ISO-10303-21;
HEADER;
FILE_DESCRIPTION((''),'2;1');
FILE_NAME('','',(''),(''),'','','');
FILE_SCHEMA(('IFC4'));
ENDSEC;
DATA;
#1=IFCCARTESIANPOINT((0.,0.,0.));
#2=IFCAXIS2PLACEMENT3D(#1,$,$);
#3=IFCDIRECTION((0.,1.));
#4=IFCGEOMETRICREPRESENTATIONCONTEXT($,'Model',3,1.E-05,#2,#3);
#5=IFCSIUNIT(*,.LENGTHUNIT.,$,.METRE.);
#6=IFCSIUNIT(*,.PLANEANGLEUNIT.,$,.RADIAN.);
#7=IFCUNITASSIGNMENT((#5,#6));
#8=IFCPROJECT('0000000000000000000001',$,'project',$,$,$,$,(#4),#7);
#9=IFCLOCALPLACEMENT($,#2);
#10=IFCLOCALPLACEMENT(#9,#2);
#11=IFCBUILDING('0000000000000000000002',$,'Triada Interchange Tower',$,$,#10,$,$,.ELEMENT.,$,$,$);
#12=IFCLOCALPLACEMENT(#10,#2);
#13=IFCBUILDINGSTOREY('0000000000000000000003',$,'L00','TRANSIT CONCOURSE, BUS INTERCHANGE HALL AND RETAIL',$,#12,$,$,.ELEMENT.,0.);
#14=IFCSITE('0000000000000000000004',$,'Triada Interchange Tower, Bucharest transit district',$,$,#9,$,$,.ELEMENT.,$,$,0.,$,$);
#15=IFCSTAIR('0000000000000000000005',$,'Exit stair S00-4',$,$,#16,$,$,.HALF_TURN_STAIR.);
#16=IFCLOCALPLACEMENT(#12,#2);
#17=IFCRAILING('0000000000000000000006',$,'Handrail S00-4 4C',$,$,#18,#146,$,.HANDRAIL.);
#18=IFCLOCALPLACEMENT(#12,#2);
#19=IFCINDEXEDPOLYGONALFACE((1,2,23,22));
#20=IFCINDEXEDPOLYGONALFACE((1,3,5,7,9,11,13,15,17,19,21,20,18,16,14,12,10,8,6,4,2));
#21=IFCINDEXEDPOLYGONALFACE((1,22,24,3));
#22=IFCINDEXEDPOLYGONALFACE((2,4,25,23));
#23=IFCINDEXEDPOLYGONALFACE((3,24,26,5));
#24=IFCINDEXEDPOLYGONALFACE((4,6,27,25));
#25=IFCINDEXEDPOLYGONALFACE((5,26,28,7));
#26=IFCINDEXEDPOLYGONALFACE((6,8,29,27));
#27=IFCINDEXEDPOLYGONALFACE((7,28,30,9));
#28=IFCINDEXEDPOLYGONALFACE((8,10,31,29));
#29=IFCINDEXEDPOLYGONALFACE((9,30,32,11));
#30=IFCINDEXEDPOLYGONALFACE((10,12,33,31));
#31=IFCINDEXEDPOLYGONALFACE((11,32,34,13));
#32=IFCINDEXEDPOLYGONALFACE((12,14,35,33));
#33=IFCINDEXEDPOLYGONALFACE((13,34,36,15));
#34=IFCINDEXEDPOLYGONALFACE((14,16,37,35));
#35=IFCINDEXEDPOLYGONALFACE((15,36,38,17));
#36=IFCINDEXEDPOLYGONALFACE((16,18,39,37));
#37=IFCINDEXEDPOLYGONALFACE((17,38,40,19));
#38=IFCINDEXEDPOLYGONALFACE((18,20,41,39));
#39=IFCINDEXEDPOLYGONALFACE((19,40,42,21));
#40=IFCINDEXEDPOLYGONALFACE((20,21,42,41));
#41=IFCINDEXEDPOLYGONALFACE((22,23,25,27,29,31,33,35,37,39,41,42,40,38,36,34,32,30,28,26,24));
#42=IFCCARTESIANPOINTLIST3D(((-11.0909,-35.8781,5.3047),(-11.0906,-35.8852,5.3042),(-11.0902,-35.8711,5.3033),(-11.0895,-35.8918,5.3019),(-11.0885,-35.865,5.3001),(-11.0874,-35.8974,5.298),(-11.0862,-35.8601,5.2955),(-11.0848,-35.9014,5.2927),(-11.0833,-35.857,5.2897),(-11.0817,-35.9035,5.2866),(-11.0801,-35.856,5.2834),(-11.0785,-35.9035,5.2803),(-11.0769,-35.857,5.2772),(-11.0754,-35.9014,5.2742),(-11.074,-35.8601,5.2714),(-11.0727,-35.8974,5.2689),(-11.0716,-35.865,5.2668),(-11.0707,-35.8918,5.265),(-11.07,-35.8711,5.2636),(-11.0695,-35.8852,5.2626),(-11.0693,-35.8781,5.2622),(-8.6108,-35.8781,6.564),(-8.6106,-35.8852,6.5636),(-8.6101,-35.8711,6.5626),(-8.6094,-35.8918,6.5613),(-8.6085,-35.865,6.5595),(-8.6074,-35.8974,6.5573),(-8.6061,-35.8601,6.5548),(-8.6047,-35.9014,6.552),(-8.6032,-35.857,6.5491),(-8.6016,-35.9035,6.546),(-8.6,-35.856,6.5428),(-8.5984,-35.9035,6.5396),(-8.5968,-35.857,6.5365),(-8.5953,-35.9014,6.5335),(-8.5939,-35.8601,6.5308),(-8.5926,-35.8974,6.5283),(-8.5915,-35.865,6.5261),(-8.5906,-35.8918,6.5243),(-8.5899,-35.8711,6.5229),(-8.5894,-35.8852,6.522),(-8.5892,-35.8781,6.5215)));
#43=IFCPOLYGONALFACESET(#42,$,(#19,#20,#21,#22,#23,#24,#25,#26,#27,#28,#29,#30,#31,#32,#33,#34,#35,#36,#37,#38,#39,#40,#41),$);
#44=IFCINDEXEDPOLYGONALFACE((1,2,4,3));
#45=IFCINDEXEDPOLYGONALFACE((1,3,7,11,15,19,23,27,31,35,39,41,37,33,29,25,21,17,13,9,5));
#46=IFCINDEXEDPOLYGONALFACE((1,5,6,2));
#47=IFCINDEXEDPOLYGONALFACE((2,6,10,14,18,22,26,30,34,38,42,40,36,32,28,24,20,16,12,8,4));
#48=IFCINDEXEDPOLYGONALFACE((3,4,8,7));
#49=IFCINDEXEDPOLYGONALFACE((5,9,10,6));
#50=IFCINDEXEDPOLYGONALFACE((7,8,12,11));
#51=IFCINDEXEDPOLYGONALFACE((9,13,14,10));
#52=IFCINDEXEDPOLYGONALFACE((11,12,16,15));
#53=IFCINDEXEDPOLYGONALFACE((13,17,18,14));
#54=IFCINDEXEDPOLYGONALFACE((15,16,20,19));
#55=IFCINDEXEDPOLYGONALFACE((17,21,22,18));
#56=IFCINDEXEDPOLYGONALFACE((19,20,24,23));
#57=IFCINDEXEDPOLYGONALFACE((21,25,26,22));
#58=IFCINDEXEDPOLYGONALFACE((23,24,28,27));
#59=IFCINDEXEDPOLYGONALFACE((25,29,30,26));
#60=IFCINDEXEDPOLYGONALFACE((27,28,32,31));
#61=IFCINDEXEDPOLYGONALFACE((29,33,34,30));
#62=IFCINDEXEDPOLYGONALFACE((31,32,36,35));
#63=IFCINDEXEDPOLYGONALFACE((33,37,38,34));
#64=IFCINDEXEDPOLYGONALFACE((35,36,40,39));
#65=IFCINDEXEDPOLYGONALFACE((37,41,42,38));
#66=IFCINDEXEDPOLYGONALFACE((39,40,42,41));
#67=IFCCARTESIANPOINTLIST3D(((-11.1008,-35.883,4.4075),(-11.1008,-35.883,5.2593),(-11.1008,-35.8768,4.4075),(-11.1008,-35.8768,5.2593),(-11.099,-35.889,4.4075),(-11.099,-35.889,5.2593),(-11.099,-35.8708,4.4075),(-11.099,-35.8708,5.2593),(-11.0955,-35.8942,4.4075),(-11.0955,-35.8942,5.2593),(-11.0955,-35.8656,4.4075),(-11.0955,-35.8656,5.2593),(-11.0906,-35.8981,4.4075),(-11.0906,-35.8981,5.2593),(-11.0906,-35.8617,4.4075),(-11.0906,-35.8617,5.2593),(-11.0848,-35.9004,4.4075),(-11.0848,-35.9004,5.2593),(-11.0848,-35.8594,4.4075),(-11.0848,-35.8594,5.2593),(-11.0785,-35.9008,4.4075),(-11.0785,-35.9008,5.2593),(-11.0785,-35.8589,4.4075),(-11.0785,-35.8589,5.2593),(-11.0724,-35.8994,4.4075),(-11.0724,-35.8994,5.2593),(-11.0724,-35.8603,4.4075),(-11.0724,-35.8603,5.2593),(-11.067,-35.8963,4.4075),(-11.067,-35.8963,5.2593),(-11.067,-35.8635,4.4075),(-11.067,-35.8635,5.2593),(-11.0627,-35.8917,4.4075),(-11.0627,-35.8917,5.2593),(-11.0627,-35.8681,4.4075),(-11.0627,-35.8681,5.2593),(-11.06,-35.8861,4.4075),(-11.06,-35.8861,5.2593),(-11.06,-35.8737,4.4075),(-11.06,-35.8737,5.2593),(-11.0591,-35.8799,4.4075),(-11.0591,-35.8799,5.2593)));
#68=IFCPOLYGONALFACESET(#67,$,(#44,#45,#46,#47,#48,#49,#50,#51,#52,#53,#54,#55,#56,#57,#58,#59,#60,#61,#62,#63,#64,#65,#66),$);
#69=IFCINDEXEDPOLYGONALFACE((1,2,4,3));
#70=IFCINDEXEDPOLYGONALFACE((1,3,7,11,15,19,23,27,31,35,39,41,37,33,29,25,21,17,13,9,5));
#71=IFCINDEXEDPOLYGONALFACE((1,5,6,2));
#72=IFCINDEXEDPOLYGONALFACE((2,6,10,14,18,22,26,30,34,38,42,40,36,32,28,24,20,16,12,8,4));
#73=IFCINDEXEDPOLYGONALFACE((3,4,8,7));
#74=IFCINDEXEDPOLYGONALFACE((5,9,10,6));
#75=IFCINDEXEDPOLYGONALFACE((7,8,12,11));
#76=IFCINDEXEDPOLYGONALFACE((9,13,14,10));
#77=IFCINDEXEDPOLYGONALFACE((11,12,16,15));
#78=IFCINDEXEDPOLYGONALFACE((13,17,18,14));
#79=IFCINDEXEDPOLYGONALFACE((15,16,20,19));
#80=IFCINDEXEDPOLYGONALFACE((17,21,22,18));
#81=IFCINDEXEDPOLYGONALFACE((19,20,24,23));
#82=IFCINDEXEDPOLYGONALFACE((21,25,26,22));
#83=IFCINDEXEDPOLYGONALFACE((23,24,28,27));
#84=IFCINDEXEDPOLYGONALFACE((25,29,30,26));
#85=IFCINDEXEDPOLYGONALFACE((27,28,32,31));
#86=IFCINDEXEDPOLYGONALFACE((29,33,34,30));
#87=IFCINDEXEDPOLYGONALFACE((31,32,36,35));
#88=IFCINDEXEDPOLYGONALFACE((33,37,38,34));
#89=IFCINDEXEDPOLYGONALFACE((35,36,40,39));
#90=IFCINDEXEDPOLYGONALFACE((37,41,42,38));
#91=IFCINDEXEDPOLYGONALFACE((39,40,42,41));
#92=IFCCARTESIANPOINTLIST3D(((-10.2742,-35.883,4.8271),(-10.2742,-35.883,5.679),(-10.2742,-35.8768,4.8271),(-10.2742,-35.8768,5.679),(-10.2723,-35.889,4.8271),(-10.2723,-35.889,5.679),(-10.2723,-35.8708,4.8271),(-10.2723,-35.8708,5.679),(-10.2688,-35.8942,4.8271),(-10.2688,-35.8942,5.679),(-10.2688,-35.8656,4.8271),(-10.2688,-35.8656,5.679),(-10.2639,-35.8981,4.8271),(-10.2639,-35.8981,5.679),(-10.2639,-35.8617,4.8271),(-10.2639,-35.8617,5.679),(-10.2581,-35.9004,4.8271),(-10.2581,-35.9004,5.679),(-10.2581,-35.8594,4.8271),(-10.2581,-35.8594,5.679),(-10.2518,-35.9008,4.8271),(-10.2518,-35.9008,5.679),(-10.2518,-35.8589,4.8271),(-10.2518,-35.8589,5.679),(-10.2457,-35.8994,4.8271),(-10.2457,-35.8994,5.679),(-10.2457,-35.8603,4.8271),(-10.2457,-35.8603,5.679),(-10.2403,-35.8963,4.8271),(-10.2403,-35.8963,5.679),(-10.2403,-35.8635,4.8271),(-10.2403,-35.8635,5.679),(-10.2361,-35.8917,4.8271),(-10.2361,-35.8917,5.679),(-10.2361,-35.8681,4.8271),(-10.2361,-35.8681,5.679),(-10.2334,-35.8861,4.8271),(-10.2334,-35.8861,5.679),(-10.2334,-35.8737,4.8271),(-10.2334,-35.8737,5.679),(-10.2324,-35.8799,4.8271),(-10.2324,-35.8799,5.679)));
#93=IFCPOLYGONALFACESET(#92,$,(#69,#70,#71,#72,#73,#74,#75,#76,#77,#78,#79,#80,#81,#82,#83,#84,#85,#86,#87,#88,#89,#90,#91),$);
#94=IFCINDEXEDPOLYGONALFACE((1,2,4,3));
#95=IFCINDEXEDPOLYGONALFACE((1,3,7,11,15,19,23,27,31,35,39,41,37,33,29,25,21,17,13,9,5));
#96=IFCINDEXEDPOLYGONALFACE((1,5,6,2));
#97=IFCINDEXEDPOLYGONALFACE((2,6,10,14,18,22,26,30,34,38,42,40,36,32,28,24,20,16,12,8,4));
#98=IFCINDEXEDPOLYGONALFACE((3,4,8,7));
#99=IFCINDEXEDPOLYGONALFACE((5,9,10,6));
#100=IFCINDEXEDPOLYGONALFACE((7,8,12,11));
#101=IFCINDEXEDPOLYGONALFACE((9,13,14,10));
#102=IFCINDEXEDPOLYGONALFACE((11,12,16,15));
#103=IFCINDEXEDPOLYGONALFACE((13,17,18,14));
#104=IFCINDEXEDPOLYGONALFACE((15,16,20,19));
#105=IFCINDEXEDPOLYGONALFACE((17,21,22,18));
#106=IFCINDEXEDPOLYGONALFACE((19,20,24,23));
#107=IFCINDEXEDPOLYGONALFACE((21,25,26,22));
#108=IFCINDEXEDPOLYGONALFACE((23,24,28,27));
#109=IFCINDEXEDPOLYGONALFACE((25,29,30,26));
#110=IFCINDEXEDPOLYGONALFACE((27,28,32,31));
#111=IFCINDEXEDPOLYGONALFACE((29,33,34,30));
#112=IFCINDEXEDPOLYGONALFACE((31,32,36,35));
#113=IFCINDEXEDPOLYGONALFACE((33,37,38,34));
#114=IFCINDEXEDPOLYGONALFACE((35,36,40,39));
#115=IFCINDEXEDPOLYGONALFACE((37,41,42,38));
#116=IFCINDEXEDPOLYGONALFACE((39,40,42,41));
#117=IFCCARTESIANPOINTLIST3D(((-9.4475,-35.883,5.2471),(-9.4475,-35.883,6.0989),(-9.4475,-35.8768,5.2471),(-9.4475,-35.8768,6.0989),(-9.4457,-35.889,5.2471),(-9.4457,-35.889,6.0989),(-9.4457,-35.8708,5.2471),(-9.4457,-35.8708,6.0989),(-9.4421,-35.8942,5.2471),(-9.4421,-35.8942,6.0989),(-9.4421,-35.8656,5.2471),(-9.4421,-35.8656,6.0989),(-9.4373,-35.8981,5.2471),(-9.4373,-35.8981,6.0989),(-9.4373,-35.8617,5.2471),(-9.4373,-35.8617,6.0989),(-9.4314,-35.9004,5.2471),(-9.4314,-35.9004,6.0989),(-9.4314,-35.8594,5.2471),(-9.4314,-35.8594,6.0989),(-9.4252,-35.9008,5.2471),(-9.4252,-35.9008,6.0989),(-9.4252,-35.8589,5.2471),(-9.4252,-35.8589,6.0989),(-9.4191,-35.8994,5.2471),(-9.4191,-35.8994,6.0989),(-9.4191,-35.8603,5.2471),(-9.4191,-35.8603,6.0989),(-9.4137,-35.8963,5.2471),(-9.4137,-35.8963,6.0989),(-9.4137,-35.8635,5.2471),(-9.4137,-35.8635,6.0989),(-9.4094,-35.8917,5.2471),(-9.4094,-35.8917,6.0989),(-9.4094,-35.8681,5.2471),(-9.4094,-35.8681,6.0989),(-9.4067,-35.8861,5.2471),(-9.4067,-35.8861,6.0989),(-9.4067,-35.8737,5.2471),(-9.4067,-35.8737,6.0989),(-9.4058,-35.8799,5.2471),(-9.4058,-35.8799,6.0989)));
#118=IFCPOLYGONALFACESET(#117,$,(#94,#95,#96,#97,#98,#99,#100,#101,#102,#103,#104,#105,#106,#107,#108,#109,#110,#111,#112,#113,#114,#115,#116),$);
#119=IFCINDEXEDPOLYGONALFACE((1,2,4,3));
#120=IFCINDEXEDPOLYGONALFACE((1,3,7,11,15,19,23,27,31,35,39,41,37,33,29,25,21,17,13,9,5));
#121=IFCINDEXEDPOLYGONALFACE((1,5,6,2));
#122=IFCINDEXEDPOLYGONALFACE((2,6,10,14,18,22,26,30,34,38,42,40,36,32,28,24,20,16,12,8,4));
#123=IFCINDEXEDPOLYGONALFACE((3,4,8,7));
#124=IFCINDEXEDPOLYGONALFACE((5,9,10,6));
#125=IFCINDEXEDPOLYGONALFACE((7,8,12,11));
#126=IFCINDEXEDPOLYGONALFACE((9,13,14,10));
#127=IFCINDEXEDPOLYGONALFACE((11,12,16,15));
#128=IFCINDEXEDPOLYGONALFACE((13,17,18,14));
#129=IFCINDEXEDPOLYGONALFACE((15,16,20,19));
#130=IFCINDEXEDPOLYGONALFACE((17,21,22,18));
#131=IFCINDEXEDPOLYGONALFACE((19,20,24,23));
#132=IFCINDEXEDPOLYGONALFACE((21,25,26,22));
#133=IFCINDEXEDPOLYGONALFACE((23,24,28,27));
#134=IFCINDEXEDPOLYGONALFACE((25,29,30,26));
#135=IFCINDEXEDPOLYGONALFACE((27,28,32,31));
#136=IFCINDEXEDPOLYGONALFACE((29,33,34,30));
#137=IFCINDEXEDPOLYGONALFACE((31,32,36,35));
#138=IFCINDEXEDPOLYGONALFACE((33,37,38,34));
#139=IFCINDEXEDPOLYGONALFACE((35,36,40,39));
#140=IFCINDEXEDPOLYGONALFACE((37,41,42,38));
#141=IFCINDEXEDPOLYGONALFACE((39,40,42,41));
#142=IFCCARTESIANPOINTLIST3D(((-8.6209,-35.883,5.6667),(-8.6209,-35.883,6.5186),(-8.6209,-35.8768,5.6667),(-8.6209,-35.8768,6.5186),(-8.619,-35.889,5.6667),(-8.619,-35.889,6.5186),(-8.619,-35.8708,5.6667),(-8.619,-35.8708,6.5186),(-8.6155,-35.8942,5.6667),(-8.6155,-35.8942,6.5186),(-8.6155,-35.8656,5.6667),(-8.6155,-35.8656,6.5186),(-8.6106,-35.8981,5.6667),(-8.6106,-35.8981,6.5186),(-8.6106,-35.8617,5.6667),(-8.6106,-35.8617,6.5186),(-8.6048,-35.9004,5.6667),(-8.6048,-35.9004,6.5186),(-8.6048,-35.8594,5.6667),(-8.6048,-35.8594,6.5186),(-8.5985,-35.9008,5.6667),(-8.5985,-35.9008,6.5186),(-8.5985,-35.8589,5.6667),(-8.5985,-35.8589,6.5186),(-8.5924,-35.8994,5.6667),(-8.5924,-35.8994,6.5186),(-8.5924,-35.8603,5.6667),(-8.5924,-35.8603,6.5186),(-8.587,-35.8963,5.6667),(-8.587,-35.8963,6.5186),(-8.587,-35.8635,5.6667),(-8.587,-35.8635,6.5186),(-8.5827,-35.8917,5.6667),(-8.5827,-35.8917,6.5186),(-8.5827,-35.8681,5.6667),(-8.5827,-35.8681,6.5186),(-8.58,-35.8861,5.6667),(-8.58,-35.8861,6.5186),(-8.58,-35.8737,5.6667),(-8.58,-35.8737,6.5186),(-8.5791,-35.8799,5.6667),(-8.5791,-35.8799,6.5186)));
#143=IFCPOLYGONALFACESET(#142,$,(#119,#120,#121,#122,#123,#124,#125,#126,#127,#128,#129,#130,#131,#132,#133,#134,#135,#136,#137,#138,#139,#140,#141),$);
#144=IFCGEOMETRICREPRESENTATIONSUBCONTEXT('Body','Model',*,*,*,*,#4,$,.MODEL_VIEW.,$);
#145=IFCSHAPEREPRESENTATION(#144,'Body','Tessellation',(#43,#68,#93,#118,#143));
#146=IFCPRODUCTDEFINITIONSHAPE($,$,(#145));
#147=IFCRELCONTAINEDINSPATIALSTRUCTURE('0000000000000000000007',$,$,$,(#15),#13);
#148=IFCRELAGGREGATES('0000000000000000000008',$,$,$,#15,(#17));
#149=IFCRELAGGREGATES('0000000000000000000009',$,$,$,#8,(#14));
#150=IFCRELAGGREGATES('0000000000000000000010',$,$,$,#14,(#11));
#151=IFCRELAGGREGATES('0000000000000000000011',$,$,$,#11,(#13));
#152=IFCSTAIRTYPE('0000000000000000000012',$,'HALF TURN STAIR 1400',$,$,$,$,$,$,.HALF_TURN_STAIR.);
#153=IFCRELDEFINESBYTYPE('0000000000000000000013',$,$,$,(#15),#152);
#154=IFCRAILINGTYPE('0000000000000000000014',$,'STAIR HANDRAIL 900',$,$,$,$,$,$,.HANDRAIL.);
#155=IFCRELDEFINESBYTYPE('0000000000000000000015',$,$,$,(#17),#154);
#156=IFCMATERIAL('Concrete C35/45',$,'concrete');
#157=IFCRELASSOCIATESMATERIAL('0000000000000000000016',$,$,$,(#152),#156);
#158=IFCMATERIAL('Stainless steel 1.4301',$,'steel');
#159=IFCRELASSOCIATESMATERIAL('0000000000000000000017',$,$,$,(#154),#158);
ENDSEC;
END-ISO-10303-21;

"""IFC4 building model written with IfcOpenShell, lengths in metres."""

from ifc_helpers import new_model, si_unit, direction, frame, origin, origin_2d, place, context, subcontext, project, spatial, circle, extrude, material, type_object, element, aggregate, save


model = new_model("IFC4")

# Units and contexts
model_context = context("Model", 3, precision=1e-05, world=origin(), true_north=direction((0.0, 1.0)))
body_context = subcontext(model_context, "Body", "Model", "MODEL_VIEW")
ifc_project = project(units=[si_unit("LENGTHUNIT", "METRE"), si_unit("PLANEANGLEUNIT", "RADIAN")], contexts=[model_context])

# Site, building, storey
site_placement = place(None, origin())
site = spatial("IfcSite", under=ifc_project, at=site_placement, Name="Triada Interchange Tower, Bucharest transit district", CompositionType="ELEMENT", RefElevation=0.0)
building_placement = place(site_placement, origin())
building = spatial("IfcBuilding", under=site, at=building_placement, Name="Triada Interchange Tower", CompositionType="ELEMENT")
storey_placement = place(building_placement, origin())
storey = spatial("IfcBuildingStorey", under=building, at=storey_placement, Name="L00", Description="TRANSIT CONCOURSE, BUS INTERCHANGE HALL AND RETAIL", CompositionType="ELEMENT", Elevation=0.0)

# Shared definitions
ifc_material_1 = material(Name="Concrete C35/45", Category="concrete")

# Stair
stair_type = type_object("IfcStairType", Name="HALF TURN STAIR 1400", PredefinedType="HALF_TURN_STAIR", material=ifc_material_1)
stair_1_placement = place(storey_placement, origin())
stair_1 = element("IfcStair", 1, at=stair_1_placement, inside=storey, type_object=stair_type, Name="Exit stair S00-4", PredefinedType="HALF_TURN_STAIR")

# Railing
ifc_material_2 = material(Name="Stainless steel 1.4301", Category="steel")
railing_type_1 = type_object("IfcRailingType", Name="STAIR HANDRAIL 900", PredefinedType="HANDRAIL", material=ifc_material_2)
railing_1_placement = place(storey_placement, frame((-11.0801, -35.8799, 4.4075)))
railing_1 = element("IfcRailing", 2, at=railing_1_placement, type_object=railing_type_1, Name="Handrail S00-4 4C", PredefinedType="HANDRAIL", context=body_context, shape_type="SweptSolid", body=[
    extrude(circle(Radius=0.0239, at=origin_2d()), frame((0.0, 0.0, 0.876), z_axis=(0.891636, 0.0, 0.452752), x_axis=(0.0, 1.0, 0.0)), (0.0, 0.0, 1.0), 2.7815),
    extrude(circle(Radius=0.021, at=origin_2d()), origin(), (0.0, 0.0, 1.0), 0.8518),
    extrude(circle(Radius=0.021, at=origin_2d()), frame((0.8267, 0.0, 0.4197)), (0.0, 0.0, 1.0), 0.8518),
    extrude(circle(Radius=0.021, at=origin_2d()), frame((1.6533, 0.0, 0.8396)), (0.0, 0.0, 1.0), 0.8518),
    extrude(circle(Radius=0.021, at=origin_2d()), frame((2.48, 0.0, 1.2593)), (0.0, 0.0, 1.0), 0.8518),
])
aggregate(stair_1, [railing_1])

save(model, "model.ifc")
